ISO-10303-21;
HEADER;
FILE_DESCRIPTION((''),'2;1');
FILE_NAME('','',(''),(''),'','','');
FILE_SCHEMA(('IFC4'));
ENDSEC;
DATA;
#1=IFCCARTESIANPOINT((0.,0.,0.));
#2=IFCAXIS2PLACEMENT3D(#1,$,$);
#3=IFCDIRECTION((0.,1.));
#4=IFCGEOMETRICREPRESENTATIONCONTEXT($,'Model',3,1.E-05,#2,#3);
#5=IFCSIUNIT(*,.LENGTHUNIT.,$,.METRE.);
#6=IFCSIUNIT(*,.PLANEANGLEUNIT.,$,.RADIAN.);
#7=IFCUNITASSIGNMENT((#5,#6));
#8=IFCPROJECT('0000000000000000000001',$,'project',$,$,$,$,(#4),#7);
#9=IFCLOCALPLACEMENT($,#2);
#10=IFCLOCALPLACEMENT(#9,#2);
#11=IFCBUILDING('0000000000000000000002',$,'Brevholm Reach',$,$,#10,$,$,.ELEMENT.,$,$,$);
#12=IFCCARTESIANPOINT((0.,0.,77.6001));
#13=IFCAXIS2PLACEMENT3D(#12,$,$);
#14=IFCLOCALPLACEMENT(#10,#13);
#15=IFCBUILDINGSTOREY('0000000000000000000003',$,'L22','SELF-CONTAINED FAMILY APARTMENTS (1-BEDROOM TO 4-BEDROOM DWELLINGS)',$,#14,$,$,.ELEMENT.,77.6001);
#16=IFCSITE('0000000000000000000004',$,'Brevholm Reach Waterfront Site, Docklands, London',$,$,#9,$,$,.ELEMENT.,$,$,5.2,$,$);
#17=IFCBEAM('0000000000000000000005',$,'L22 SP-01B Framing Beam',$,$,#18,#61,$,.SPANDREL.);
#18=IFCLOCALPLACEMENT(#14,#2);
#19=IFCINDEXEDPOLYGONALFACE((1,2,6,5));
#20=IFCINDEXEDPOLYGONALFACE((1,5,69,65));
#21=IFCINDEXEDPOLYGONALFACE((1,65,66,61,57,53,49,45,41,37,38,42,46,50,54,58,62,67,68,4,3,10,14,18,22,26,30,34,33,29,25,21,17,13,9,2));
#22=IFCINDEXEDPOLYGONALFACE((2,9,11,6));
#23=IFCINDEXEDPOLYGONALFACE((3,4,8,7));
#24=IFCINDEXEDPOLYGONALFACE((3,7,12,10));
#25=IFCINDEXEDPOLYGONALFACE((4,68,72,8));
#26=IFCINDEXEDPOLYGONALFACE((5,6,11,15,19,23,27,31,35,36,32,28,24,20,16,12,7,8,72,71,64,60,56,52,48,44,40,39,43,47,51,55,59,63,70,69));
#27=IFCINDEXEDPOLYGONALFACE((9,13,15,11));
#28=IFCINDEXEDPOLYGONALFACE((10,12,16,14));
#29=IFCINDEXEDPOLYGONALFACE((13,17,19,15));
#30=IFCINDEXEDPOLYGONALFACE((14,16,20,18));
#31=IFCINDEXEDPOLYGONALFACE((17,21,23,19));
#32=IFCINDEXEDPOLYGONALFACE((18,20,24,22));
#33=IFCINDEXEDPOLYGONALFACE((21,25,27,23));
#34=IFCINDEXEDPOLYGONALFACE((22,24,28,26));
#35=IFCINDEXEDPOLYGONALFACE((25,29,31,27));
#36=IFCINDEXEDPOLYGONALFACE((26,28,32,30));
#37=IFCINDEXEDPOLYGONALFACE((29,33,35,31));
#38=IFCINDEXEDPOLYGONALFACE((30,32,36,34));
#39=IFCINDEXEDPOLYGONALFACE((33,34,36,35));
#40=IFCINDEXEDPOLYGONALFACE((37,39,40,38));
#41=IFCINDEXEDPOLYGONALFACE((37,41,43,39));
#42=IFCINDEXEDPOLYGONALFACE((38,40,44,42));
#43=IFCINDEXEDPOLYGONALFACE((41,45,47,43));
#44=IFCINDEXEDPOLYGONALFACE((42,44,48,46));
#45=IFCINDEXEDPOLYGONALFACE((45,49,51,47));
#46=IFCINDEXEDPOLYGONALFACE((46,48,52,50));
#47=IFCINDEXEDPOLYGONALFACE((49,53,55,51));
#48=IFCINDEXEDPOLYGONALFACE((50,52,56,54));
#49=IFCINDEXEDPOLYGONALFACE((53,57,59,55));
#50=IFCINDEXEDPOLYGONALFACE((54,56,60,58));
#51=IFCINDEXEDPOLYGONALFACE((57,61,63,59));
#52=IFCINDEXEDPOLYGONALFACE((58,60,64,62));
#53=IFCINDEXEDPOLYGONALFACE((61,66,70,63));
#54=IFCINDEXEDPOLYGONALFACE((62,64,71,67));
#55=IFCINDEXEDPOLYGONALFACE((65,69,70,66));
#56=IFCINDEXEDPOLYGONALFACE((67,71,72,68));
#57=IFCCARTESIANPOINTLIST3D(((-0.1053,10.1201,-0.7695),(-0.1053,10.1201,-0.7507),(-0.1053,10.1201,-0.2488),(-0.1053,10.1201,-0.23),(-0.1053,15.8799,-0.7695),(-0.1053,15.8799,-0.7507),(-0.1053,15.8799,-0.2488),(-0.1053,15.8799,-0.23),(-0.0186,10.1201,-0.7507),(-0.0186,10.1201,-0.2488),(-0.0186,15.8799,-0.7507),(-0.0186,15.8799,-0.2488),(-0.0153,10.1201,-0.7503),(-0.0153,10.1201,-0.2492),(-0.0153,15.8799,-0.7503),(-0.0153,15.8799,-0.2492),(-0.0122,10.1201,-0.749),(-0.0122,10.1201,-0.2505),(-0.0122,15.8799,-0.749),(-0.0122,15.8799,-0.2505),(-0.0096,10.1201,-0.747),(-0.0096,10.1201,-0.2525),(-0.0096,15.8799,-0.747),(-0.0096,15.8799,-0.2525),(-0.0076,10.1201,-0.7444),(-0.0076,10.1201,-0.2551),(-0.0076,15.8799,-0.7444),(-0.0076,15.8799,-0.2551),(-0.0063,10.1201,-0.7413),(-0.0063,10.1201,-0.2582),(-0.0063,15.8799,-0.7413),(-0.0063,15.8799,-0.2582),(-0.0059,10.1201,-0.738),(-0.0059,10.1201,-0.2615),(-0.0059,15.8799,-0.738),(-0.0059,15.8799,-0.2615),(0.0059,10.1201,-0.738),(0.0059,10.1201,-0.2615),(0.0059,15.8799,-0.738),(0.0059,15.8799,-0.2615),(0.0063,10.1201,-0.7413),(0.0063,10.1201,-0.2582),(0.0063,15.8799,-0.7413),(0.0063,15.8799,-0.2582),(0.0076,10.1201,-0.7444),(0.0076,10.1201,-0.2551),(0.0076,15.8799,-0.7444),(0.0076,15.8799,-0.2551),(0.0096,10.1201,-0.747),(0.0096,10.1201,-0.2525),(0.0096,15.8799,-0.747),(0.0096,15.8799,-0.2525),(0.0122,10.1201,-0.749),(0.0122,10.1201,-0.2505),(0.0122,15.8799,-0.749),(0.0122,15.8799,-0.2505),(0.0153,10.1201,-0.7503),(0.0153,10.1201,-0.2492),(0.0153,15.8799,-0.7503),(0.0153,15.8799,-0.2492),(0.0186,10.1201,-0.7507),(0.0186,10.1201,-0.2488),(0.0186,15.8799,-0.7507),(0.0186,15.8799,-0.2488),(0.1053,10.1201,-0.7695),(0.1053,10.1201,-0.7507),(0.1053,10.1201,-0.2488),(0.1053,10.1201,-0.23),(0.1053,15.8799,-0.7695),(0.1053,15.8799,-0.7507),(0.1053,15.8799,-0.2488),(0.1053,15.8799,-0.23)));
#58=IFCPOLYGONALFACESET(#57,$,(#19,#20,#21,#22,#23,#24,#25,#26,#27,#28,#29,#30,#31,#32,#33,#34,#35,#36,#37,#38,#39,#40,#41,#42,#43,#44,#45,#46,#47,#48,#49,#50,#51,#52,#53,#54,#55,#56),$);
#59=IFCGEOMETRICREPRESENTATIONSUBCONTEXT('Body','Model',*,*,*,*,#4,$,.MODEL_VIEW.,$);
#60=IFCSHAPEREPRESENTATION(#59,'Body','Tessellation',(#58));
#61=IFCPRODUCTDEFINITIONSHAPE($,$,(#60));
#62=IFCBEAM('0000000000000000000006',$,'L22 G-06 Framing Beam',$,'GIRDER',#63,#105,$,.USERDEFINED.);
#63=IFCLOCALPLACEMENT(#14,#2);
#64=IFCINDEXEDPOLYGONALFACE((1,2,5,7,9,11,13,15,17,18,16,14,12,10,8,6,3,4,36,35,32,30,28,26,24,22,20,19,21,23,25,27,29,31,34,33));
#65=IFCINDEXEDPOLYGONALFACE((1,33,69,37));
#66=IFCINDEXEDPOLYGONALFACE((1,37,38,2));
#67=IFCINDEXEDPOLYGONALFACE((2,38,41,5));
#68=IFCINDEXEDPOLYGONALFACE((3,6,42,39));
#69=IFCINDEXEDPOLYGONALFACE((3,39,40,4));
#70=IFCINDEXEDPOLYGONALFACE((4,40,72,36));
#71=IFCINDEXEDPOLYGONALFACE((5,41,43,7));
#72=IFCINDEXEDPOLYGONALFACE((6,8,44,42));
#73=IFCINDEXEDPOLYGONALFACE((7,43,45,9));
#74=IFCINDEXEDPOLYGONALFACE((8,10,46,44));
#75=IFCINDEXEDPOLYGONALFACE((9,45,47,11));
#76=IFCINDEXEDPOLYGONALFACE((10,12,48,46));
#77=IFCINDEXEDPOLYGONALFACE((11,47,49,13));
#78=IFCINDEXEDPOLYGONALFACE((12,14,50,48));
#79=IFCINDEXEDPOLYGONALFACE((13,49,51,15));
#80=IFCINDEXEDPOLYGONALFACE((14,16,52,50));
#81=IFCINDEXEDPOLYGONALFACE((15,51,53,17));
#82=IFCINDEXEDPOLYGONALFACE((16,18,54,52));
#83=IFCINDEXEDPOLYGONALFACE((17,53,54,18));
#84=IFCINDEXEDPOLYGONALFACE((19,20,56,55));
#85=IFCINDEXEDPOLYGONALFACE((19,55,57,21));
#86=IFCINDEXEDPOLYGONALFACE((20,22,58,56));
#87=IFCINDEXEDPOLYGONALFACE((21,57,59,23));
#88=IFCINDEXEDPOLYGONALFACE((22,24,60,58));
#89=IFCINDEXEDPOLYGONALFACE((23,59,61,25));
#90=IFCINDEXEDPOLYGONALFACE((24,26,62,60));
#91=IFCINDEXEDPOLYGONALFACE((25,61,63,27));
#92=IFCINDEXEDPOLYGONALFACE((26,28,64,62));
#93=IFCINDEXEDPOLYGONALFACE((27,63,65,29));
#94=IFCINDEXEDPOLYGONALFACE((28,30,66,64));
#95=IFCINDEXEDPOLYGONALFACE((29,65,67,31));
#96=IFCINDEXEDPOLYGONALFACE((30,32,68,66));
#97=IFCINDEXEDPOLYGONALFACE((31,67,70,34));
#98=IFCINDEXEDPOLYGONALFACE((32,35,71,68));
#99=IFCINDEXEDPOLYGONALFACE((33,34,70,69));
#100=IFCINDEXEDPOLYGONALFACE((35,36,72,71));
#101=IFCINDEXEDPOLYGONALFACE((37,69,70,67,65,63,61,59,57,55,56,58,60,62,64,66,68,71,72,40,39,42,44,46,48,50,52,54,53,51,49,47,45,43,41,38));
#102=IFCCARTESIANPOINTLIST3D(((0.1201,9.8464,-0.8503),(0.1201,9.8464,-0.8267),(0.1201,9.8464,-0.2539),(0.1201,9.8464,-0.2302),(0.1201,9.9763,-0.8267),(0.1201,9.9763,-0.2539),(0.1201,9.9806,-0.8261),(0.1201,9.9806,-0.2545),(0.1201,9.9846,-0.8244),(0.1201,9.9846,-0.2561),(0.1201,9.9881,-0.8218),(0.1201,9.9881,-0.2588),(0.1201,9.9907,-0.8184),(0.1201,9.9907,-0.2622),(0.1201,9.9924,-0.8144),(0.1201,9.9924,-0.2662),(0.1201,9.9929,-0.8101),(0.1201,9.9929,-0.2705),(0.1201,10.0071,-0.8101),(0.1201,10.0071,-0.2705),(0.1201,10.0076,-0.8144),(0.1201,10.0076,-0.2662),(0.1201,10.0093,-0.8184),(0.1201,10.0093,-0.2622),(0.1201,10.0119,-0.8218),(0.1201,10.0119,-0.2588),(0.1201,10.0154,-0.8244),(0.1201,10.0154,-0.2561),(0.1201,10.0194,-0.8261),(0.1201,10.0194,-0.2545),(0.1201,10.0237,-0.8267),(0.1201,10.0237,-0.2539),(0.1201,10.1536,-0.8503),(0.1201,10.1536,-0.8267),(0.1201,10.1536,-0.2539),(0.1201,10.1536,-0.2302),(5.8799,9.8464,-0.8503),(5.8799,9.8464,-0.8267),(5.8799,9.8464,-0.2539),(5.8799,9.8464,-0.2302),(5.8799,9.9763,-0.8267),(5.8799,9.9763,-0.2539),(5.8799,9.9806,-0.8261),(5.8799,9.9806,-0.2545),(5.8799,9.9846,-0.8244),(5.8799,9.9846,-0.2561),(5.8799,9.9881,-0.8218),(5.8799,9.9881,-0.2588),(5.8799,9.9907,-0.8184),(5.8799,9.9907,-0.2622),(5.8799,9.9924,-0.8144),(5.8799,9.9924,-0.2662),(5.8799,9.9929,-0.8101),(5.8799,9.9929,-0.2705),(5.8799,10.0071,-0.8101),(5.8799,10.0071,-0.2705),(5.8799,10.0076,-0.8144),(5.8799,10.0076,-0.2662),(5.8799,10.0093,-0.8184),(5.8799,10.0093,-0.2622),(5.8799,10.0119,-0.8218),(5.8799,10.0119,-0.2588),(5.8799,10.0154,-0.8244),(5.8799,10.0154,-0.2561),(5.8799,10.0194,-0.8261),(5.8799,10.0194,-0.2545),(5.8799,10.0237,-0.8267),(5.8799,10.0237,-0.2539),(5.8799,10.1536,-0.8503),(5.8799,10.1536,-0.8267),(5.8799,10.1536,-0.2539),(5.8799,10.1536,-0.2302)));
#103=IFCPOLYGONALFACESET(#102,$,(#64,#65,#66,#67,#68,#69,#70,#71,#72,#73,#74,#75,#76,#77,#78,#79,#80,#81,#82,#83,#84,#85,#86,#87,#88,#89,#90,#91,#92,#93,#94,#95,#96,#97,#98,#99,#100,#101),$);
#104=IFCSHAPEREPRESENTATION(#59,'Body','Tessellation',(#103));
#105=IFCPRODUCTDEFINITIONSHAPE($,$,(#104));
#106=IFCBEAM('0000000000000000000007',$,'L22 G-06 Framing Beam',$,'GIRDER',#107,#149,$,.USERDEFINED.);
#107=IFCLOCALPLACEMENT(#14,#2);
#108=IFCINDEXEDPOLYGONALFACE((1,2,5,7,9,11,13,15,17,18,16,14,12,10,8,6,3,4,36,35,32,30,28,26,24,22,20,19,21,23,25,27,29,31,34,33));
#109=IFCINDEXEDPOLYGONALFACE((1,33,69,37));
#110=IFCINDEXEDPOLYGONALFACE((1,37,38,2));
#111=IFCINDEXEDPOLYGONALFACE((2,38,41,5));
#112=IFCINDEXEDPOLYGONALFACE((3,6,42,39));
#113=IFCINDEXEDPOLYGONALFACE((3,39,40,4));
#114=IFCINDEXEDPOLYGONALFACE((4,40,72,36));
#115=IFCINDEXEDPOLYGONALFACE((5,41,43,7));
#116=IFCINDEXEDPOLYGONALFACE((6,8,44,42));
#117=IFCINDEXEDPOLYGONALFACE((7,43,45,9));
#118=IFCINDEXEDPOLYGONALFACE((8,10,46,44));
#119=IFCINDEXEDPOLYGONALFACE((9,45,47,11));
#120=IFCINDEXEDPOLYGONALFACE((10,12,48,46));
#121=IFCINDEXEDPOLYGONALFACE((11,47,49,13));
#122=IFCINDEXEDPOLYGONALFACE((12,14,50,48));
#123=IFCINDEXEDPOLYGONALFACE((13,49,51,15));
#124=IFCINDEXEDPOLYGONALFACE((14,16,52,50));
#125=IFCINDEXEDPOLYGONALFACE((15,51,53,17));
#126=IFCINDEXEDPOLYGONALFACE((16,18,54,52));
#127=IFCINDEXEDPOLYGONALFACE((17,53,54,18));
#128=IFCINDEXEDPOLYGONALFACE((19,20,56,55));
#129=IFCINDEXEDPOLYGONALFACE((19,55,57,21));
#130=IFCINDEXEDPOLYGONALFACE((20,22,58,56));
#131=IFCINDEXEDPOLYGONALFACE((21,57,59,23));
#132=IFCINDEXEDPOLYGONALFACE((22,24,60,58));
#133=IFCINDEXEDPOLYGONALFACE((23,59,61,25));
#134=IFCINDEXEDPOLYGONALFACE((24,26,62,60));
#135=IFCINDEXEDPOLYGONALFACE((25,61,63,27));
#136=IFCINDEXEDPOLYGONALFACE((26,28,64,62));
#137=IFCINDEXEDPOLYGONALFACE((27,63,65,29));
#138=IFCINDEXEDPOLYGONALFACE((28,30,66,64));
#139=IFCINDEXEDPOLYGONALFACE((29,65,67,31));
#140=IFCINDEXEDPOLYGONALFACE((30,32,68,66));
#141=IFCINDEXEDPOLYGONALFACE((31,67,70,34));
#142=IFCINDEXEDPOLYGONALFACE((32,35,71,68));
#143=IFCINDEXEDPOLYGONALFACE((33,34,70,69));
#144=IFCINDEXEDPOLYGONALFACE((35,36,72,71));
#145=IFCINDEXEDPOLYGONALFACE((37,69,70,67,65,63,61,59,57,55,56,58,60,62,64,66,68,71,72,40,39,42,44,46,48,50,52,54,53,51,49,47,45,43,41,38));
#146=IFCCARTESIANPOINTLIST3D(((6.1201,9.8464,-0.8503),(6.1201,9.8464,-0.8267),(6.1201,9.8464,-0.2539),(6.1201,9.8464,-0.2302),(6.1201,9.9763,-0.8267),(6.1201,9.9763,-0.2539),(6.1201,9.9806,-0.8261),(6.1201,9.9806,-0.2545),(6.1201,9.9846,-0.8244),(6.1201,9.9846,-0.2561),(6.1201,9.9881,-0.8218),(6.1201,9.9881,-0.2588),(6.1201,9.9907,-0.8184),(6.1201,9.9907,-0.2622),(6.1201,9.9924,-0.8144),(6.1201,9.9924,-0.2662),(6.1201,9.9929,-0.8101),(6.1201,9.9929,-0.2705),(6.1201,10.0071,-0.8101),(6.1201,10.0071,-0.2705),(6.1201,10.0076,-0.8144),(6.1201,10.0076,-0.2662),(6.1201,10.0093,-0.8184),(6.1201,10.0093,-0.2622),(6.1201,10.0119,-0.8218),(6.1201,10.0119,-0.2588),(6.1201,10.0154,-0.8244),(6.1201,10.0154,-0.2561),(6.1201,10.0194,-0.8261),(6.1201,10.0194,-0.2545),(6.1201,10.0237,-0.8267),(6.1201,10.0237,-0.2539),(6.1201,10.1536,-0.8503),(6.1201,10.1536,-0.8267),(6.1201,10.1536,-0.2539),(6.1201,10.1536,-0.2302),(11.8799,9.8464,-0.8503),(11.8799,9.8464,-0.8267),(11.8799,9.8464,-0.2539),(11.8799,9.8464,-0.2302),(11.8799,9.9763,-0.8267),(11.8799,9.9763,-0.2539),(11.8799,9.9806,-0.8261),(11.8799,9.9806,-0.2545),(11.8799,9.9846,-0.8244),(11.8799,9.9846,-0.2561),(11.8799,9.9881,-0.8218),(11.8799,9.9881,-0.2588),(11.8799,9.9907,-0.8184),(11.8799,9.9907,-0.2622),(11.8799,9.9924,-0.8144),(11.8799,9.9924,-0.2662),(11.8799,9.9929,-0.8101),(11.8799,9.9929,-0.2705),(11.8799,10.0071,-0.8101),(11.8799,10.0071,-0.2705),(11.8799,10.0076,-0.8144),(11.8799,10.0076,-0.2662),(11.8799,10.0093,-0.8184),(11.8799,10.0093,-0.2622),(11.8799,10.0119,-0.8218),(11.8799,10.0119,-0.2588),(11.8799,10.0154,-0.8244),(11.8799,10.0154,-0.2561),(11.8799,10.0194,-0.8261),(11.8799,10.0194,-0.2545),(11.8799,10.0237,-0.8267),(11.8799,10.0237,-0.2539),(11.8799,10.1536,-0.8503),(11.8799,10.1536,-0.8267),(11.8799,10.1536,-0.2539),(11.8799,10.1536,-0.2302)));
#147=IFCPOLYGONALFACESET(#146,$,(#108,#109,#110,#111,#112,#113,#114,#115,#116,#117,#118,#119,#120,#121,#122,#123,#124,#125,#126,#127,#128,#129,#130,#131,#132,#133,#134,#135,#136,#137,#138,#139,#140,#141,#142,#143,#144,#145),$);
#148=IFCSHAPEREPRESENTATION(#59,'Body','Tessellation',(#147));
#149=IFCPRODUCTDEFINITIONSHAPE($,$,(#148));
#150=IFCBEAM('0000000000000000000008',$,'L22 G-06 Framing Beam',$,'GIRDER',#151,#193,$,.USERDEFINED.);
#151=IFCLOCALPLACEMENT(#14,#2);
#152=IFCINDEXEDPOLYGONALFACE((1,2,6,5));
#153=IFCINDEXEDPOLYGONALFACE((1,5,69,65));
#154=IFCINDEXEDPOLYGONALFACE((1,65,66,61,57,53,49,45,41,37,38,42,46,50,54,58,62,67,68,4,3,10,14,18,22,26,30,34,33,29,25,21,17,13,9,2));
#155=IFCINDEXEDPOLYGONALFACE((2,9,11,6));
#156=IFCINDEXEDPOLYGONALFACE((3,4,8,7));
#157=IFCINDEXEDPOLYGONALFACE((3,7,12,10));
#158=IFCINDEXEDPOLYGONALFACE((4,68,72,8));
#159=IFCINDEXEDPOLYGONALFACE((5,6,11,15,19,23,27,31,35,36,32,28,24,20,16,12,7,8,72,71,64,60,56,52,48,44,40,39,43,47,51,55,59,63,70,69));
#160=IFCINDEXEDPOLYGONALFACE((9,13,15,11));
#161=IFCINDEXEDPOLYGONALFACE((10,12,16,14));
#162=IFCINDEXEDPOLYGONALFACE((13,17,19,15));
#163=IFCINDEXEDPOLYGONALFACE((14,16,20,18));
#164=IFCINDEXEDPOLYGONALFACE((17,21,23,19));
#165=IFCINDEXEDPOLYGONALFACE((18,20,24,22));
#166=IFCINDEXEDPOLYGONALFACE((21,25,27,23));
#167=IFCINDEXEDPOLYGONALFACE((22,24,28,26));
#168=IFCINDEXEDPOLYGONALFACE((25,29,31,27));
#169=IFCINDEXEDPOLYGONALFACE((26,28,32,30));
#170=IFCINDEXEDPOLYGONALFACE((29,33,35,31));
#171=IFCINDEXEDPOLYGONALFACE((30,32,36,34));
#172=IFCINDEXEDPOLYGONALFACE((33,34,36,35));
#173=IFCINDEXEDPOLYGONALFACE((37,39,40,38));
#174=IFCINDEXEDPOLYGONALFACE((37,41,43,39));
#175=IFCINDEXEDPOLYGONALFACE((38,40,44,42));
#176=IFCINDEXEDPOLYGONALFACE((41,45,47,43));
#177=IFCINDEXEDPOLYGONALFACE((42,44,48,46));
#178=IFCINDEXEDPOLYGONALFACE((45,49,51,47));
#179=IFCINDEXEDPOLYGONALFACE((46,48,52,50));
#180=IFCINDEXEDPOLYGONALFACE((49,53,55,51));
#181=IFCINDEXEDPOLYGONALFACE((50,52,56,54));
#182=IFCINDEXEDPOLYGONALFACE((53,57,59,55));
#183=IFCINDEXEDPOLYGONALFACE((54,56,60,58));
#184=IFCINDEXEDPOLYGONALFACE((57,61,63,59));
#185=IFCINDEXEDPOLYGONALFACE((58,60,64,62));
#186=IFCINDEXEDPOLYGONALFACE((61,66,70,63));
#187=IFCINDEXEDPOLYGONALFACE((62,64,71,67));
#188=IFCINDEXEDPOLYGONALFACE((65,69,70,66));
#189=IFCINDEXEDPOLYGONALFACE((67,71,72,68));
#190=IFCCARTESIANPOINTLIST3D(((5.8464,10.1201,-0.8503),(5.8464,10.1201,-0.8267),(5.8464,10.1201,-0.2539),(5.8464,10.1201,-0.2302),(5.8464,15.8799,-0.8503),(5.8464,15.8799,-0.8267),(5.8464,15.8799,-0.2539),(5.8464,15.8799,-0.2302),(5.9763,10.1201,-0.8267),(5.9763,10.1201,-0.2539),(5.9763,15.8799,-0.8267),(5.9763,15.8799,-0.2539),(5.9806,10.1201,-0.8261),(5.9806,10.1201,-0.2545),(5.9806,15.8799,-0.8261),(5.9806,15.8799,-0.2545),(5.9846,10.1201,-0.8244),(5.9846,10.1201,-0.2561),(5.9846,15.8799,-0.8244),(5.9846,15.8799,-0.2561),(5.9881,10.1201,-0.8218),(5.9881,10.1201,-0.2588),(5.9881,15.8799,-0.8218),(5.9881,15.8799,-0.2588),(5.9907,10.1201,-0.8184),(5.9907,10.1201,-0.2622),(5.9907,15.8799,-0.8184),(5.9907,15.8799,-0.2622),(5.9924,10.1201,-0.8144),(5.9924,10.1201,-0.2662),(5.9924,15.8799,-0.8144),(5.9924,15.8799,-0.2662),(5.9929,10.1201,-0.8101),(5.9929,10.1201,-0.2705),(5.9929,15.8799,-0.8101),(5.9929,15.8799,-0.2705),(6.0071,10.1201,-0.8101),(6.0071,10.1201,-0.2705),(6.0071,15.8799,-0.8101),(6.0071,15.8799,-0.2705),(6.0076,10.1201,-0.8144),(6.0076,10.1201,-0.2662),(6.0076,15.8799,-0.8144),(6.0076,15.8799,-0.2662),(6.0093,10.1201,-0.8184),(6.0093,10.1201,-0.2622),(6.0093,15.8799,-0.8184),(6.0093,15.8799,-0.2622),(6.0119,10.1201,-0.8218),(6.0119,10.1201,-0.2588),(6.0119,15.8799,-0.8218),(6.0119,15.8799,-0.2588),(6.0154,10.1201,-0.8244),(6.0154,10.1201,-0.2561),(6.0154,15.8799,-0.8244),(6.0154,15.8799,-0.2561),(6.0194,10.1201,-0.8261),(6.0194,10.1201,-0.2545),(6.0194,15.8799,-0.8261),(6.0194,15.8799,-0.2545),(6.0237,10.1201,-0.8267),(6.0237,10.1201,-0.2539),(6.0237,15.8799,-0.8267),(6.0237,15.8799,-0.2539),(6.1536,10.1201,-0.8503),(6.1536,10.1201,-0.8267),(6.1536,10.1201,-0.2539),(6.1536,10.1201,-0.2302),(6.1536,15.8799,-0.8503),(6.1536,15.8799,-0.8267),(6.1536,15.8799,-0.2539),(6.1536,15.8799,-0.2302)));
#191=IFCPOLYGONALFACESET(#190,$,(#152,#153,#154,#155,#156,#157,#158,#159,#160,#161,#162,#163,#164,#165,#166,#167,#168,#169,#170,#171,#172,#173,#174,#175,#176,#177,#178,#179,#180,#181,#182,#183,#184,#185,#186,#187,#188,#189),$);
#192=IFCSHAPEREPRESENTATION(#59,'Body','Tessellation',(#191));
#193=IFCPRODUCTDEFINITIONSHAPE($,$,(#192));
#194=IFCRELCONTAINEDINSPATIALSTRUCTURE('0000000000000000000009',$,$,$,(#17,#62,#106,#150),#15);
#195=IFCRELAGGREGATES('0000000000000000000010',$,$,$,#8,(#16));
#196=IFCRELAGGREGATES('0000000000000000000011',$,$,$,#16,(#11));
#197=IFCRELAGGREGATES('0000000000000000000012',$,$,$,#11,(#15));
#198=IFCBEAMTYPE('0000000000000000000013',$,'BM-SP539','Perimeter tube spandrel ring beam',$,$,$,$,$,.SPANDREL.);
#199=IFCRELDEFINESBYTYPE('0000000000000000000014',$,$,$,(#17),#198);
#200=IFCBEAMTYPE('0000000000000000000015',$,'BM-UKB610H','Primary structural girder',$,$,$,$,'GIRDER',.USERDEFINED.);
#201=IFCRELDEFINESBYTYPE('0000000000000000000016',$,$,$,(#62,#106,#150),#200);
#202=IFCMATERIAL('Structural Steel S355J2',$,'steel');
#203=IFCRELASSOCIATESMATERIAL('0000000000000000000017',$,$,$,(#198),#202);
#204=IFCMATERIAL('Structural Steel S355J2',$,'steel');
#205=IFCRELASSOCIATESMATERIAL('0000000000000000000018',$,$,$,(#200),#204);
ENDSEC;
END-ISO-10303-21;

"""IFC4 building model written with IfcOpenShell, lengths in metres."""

from ifc_helpers import new_model, si_unit, direction, frame, origin, origin_2d, place, context, subcontext, project, spatial, i_section, extrude, material, material_profile, profile_set, type_object, element, save


model = new_model("IFC4")

# Units and contexts
model_context = context("Model", 3, precision=1e-05, world=origin(), true_north=direction((0.0, 1.0)))
body_context = subcontext(model_context, "Body", "Model", "MODEL_VIEW")
ifc_project = project(units=[si_unit("LENGTHUNIT", "METRE"), si_unit("PLANEANGLEUNIT", "RADIAN")], contexts=[model_context])

# Site, building, storey
site_placement = place(None, origin())
site = spatial("IfcSite", under=ifc_project, at=site_placement, Name="Brevholm Reach Waterfront Site, Docklands, London", CompositionType="ELEMENT", RefElevation=5.2)
building_placement = place(site_placement, origin())
building = spatial("IfcBuilding", under=site, at=building_placement, Name="Brevholm Reach", CompositionType="ELEMENT")
storey_placement = place(building_placement, frame((0.0, 0.0, 77.6001)))
storey = spatial("IfcBuildingStorey", under=building, at=storey_placement, Name="L22", Description="SELF-CONTAINED FAMILY APARTMENTS (1-BEDROOM TO 4-BEDROOM DWELLINGS)", CompositionType="ELEMENT", Elevation=77.6001)

# Beams
ifc_material_1 = material(Name="Structural Steel S355J2", Category="steel")
ifc_material_profile_1 = material_profile(ifc_material_1, i_section(OverallWidth=0.2107, OverallDepth=0.5396, WebThickness=0.0117, FlangeThickness=0.0188, FilletRadius=0.0127, at=origin_2d()), Name="UKB 533x210x109")
ifc_profile_set_1 = profile_set([ifc_material_profile_1], Name="Structural Steel S355J2")
beam_type_1 = type_object("IfcBeamType", Name="BM-SP539", Description="Perimeter tube spandrel ring beam", PredefinedType="SPANDREL", material=ifc_profile_set_1)
beam_placement = place(storey_placement, frame((0.0, 10.1201, -0.4998), z_axis=(0.0, 1.0, 0.0), x_axis=(-1.0, 0.0, 0.0)))
element("IfcBeam", 1, at=beam_placement, inside=storey, type_object=beam_type_1, Name="L22 SP-01B Framing Beam", PredefinedType="SPANDREL", context=body_context, shape_type="SweptSolid", body=[
    extrude(i_section(OverallWidth=0.2107, OverallDepth=0.5396, WebThickness=0.0117, FlangeThickness=0.0188, FilletRadius=0.0127, at=origin_2d()), origin(), (0.0, 0.0, 1.0), 5.7598),
])
ifc_material_2 = material(Name="Structural Steel S355J2", Category="steel")
ifc_material_profile_2 = material_profile(ifc_material_2, i_section(OverallWidth=0.3071, OverallDepth=0.6201, WebThickness=0.0142, FlangeThickness=0.0237, FilletRadius=0.0166, at=origin_2d()), Name="UKB 610x305x179")
ifc_profile_set_2 = profile_set([ifc_material_profile_2], Name="Structural Steel S355J2")
beam_type_2 = type_object("IfcBeamType", Name="BM-UKB610H", Description="Primary structural girder", ElementType="GIRDER", PredefinedType="USERDEFINED", material=ifc_profile_set_2)
for number, where, z_axis, x_axis, name in (
    (2, (0.1201, 10.0, -0.5403), (1.0, 0.0, 0.0), (0.0, 1.0, 0.0), "L22 G-06 Framing Beam"),
    (3, (6.1201, 10.0, -0.5403), (1.0, 0.0, 0.0), (0.0, 1.0, 0.0), "L22 G-06 Framing Beam"),
    (4, (6.0, 10.1201, -0.5403), (0.0, 1.0, 0.0), (-1.0, 0.0, 0.0), "L22 G-06 Framing Beam"),
):
    element("IfcBeam", number, at=place(storey_placement, frame(where, z_axis=z_axis, x_axis=x_axis)), inside=storey, type_object=beam_type_2, Name=name, ObjectType="GIRDER", PredefinedType="USERDEFINED", context=body_context, shape_type="SweptSolid", body=[
        extrude(i_section(OverallWidth=0.3071, OverallDepth=0.6201, WebThickness=0.0142, FlangeThickness=0.0237, FilletRadius=0.0166, at=origin_2d()), origin(), (0.0, 0.0, 1.0), 5.7598),
    ])

save(model, "model.ifc")
